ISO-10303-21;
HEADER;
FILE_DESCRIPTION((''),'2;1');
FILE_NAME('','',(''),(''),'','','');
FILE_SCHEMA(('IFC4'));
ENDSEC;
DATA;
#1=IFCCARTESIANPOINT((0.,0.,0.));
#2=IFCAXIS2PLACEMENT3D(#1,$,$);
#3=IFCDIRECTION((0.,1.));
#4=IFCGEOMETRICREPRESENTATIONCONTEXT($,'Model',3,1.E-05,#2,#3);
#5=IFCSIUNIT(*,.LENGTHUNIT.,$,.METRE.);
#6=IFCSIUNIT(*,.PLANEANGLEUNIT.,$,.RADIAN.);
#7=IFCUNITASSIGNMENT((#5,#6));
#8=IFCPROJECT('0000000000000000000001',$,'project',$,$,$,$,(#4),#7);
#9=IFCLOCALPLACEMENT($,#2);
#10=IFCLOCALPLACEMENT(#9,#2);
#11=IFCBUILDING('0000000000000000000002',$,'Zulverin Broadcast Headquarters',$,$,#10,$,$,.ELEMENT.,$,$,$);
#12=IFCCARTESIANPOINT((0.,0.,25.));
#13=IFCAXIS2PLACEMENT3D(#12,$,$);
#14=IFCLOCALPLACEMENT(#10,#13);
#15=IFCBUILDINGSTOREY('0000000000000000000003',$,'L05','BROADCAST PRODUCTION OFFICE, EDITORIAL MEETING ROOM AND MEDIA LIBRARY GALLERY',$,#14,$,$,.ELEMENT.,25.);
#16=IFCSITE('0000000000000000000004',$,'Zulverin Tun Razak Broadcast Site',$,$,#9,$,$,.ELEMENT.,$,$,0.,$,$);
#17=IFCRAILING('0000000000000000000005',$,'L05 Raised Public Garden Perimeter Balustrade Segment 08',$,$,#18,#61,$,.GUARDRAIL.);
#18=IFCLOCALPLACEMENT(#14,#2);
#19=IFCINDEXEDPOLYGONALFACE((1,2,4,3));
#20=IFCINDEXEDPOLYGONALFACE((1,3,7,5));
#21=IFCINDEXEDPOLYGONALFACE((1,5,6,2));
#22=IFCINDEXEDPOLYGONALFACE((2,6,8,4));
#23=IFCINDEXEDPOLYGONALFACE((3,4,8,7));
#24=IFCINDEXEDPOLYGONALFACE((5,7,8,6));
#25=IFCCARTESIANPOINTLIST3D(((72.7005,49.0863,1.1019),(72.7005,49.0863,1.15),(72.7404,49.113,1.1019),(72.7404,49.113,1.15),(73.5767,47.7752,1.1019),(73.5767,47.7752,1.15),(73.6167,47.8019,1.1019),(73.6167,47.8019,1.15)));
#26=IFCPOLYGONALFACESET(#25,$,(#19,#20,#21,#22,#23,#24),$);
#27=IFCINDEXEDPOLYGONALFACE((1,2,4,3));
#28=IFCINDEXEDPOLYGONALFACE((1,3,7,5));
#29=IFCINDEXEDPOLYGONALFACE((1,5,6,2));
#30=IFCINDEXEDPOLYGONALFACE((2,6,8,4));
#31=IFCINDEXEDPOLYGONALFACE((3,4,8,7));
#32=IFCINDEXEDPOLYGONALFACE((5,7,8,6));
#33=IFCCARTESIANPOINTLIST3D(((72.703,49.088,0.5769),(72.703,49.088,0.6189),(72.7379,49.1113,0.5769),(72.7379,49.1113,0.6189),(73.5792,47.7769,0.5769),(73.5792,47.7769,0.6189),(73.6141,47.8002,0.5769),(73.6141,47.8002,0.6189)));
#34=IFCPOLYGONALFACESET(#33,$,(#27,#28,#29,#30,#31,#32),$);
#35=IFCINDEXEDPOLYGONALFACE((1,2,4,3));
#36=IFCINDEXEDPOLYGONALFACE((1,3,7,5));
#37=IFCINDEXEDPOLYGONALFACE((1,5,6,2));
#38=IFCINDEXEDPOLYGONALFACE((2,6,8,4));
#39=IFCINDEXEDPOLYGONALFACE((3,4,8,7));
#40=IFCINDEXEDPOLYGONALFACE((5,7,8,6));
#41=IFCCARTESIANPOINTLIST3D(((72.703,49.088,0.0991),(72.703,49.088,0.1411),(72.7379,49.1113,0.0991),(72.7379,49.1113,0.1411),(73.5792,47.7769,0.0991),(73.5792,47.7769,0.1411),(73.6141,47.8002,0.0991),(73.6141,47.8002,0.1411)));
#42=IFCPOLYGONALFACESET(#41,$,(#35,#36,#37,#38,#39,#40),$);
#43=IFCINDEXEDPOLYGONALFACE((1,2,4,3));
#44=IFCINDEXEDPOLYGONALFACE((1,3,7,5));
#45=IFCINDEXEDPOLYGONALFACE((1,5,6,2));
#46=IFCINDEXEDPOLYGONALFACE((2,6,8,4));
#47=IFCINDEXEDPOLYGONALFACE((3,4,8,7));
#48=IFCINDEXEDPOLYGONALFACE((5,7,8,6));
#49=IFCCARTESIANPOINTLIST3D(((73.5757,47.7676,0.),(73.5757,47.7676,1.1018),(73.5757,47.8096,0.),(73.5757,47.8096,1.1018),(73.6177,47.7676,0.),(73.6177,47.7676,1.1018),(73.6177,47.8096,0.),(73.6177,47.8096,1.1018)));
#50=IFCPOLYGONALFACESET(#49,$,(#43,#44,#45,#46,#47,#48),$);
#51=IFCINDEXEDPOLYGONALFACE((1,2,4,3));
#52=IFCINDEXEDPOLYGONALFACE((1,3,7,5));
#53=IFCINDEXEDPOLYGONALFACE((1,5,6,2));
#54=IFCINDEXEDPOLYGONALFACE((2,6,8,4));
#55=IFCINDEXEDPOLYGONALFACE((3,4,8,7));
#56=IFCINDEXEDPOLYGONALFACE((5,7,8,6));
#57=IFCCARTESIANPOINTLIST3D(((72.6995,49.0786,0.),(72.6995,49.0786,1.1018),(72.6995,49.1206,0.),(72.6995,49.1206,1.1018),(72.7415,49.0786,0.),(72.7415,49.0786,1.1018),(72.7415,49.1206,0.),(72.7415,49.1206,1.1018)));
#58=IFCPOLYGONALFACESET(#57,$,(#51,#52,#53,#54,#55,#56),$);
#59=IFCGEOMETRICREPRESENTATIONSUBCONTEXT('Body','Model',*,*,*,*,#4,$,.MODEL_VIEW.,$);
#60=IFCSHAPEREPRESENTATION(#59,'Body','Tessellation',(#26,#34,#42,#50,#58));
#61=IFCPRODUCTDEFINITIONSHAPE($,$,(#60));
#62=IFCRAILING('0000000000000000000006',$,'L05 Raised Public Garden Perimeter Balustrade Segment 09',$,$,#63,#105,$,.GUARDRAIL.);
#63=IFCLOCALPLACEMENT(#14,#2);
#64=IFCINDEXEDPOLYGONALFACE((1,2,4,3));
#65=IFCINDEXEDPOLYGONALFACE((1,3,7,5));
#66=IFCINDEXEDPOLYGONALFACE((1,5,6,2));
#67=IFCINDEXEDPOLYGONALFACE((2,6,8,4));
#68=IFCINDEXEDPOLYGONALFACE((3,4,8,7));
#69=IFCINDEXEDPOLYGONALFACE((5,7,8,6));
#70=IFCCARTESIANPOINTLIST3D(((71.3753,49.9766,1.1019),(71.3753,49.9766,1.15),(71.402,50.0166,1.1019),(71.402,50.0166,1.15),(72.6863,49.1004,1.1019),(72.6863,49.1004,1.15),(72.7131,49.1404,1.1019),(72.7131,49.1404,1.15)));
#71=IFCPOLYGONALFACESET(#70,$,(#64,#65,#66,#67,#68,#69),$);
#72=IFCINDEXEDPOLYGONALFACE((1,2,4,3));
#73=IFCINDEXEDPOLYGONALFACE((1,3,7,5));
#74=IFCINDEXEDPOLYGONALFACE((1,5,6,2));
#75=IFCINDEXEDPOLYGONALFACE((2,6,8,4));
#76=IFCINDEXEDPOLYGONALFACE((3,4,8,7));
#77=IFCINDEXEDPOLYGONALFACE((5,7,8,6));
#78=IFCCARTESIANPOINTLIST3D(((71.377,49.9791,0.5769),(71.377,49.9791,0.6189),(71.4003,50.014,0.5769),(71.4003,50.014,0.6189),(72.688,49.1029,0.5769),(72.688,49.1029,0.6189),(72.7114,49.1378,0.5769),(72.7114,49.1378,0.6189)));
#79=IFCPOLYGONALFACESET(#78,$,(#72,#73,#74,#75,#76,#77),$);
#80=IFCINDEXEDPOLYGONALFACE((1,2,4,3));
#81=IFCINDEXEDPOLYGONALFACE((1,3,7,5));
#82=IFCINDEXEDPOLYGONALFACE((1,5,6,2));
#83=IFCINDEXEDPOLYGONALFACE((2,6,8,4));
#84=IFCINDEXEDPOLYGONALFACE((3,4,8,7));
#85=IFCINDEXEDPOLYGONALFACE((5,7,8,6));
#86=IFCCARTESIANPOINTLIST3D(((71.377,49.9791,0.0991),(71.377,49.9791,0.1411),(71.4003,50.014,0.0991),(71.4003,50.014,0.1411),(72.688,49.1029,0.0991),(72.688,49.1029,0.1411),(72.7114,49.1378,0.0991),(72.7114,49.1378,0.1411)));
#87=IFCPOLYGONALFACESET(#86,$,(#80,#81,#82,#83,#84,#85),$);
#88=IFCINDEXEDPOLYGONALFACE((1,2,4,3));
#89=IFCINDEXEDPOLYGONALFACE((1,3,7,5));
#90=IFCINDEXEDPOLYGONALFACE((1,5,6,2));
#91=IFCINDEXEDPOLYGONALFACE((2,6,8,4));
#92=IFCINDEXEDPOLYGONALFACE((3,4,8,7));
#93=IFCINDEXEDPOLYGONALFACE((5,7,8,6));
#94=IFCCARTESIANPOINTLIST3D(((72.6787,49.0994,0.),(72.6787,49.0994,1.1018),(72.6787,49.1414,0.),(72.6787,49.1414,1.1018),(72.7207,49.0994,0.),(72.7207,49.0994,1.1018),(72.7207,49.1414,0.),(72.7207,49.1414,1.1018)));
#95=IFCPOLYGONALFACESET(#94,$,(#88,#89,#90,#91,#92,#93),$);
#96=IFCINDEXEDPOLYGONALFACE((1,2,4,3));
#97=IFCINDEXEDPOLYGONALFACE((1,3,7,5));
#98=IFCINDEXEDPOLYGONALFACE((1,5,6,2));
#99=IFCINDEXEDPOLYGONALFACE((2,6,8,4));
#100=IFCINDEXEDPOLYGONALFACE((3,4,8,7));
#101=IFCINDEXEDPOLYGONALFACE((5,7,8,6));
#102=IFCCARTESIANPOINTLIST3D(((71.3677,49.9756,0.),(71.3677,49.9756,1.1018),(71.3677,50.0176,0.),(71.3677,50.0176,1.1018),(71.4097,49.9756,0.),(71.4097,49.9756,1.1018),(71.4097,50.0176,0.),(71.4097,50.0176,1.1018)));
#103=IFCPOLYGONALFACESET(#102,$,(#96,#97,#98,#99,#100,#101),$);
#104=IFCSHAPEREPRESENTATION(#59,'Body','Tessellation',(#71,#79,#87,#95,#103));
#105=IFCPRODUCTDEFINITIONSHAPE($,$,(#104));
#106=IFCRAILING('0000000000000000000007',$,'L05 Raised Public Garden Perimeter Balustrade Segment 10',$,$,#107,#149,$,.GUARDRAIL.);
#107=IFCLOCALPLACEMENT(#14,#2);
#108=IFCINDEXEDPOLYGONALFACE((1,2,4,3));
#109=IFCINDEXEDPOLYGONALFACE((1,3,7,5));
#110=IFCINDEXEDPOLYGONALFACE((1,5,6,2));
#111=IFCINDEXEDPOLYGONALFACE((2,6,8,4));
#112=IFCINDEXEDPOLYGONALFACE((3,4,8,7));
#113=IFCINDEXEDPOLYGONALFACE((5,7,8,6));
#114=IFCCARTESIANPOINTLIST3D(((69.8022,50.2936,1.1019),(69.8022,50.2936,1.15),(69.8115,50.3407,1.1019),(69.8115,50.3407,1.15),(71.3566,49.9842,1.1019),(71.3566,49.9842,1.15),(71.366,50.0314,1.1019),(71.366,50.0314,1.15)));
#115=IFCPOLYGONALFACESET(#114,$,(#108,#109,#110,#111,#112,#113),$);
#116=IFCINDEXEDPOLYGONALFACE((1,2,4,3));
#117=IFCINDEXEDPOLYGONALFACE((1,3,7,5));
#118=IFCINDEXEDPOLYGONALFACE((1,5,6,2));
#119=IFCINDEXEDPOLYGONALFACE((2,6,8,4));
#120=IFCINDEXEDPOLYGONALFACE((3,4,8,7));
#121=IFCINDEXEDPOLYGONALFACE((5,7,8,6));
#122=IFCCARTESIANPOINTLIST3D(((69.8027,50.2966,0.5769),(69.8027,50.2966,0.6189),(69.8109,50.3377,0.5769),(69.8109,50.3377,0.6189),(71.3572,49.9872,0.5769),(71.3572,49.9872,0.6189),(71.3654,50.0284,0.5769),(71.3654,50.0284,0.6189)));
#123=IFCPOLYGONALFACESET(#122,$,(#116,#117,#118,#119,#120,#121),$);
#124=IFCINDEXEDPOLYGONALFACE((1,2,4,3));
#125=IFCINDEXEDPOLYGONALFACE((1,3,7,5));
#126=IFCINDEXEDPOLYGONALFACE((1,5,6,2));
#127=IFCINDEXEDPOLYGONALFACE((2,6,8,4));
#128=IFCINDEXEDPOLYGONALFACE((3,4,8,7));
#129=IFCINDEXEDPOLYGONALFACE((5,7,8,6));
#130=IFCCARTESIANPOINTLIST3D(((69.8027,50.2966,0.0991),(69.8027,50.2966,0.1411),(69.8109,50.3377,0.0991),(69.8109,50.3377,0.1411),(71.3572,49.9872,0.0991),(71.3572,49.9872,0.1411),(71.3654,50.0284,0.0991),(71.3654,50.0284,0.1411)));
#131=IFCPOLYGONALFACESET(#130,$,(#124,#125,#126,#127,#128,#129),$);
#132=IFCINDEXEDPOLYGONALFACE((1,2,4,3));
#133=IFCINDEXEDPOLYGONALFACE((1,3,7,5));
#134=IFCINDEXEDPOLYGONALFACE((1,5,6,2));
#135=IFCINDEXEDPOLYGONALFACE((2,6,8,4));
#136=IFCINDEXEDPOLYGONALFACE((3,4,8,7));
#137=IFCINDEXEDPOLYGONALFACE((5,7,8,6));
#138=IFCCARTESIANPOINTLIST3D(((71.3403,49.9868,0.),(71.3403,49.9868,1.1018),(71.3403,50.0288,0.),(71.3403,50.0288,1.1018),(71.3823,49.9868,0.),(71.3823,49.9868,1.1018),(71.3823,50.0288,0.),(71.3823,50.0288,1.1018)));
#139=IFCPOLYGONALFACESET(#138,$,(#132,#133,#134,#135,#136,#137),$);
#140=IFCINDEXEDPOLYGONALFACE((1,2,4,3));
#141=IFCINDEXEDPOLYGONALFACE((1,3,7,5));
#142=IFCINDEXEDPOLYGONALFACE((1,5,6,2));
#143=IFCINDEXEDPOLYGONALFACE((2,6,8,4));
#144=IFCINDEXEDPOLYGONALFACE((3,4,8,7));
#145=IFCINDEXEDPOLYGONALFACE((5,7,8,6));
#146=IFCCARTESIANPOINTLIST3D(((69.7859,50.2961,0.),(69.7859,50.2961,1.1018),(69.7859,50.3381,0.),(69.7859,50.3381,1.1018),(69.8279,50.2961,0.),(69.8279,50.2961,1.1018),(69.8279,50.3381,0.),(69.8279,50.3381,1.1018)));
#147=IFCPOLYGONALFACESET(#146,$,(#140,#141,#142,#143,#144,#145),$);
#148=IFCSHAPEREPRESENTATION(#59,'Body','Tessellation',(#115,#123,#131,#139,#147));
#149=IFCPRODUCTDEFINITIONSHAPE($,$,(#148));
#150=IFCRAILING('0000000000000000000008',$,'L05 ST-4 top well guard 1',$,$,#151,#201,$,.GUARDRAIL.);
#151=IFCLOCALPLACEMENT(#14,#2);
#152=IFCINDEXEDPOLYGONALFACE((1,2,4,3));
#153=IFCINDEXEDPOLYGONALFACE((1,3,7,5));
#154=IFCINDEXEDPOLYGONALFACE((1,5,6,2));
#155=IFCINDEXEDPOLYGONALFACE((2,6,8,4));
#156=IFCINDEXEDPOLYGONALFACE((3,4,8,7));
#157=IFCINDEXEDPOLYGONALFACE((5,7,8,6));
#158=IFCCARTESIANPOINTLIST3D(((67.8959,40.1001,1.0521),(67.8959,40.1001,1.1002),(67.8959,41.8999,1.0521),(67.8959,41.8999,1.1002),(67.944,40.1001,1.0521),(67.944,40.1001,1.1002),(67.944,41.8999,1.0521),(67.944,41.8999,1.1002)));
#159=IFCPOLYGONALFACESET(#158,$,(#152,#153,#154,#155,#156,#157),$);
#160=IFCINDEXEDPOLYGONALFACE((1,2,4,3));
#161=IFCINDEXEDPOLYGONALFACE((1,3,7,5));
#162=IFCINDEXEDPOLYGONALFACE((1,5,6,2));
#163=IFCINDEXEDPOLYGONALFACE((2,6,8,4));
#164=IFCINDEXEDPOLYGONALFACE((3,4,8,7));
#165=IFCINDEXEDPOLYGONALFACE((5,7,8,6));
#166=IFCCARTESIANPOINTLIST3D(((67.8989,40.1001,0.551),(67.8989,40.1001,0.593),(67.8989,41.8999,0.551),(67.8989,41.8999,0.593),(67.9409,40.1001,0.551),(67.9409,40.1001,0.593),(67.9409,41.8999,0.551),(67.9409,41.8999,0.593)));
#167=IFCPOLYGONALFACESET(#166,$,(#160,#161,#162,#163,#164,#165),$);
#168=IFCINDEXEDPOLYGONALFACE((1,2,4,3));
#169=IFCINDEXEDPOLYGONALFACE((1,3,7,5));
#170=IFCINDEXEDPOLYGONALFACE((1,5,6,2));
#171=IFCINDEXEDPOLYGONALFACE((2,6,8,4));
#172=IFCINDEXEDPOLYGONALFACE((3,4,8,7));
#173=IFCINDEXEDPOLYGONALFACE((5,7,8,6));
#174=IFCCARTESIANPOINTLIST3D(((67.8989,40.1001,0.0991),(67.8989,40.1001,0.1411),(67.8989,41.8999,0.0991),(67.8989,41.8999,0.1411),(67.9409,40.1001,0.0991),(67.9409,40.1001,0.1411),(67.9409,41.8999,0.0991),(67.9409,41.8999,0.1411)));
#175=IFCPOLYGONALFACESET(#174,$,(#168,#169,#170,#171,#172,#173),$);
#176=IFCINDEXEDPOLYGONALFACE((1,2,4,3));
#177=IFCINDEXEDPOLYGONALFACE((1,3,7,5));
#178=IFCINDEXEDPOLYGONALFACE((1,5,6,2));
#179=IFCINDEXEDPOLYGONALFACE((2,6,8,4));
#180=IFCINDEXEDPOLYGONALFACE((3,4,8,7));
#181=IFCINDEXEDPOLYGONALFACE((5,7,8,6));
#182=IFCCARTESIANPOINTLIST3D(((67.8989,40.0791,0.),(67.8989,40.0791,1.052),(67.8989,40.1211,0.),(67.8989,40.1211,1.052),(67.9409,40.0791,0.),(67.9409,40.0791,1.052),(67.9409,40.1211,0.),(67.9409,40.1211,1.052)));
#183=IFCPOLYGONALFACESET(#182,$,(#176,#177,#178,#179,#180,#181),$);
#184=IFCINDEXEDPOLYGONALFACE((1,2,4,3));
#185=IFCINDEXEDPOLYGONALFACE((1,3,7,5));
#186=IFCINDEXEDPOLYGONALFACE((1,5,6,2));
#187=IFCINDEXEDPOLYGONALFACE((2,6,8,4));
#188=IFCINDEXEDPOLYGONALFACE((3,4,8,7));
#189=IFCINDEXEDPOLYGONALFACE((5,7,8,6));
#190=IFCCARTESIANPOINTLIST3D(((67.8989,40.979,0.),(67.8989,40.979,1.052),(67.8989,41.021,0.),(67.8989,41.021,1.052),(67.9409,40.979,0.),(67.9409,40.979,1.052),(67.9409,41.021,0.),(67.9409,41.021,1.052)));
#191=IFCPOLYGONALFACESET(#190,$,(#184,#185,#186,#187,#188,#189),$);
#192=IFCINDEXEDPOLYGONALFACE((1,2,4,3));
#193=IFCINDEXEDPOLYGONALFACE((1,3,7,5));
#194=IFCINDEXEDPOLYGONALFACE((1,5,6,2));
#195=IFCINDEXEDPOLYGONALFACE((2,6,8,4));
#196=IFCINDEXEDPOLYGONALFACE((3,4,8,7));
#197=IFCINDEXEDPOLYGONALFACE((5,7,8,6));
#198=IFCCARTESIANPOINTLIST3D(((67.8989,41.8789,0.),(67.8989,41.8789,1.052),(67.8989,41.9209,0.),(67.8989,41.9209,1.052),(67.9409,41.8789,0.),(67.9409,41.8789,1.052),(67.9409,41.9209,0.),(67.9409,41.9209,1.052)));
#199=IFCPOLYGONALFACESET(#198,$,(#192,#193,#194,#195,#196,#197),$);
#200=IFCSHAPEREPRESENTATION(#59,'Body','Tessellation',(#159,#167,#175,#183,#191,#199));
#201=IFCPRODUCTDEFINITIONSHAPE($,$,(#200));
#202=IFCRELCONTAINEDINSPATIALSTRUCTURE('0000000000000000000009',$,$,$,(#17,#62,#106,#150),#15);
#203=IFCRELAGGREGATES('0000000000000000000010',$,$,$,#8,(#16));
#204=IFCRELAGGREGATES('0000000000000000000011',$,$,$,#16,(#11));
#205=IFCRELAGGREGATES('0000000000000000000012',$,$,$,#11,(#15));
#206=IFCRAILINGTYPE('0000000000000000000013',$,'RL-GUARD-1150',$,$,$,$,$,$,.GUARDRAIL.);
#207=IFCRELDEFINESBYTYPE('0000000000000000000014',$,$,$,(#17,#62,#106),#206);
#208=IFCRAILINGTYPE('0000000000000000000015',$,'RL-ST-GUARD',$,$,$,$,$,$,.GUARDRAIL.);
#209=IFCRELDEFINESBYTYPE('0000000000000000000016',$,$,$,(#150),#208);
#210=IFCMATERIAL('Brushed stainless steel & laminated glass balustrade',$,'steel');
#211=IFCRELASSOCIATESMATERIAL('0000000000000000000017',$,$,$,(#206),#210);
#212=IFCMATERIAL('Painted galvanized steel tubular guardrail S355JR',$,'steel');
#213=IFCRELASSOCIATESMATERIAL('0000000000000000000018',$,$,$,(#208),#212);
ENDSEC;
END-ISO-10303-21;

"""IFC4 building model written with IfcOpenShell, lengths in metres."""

from ifc_helpers import new_model, si_unit, direction, frame, origin, origin_2d, place, context, subcontext, project, spatial, rectangle, extrude, material, type_object, element, save


model = new_model("IFC4")

# Units and contexts
model_context = context("Model", 3, precision=1e-05, world=origin(), true_north=direction((0.0, 1.0)))
body_context = subcontext(model_context, "Body", "Model", "MODEL_VIEW")
ifc_project = project(units=[si_unit("LENGTHUNIT", "METRE"), si_unit("PLANEANGLEUNIT", "RADIAN")], contexts=[model_context])

# Site, building, storey
site_placement = place(None, origin())
site = spatial("IfcSite", under=ifc_project, at=site_placement, Name="Zulverin Tun Razak Broadcast Site", CompositionType="ELEMENT", RefElevation=0.0)
building_placement = place(site_placement, origin())
building = spatial("IfcBuilding", under=site, at=building_placement, Name="Zulverin Broadcast Headquarters", CompositionType="ELEMENT")
storey_placement = place(building_placement, frame((0.0, 0.0, 25.0)))
storey = spatial("IfcBuildingStorey", under=building, at=storey_placement, Name="L05", Description="BROADCAST PRODUCTION OFFICE, EDITORIAL MEETING ROOM AND MEDIA LIBRARY GALLERY", CompositionType="ELEMENT", Elevation=25.0)

# Railings
ifc_material_1 = material(Name="Brushed stainless steel & laminated glass balustrade", Category="steel")
railing_type_1 = type_object("IfcRailingType", Name="RL-GUARD-1150", PredefinedType="GUARDRAIL", material=ifc_material_1)
railing_1_placement = place(storey_placement, frame((73.5967, 47.7886, 0.0)))
element("IfcRailing", 1, at=railing_1_placement, inside=storey, type_object=railing_type_1, Name="L05 Raised Public Garden Perimeter Balustrade Segment 08", PredefinedType="GUARDRAIL", context=body_context, shape_type="SweptSolid", body=[
    extrude(rectangle(XDim=0.0481, YDim=0.0481, at=origin_2d()), frame((0.0, 0.0, 1.126), z_axis=(-0.555664, 0.831407, 0.0), x_axis=(-0.831407, -0.555664, 0.0)), (0.0, 0.0, 1.0), 1.5769),
    extrude(rectangle(XDim=0.042, YDim=0.042, at=origin_2d()), frame((0.0, 0.0, 0.5979), z_axis=(-0.555664, 0.831407, 0.0), x_axis=(-0.831407, -0.555664, 0.0)), (0.0, 0.0, 1.0), 1.5769),
    extrude(rectangle(XDim=0.042, YDim=0.042, at=origin_2d()), frame((0.0, 0.0, 0.1201), z_axis=(-0.555664, 0.831407, 0.0), x_axis=(-0.831407, -0.555664, 0.0)), (0.0, 0.0, 1.0), 1.5769),
    extrude(rectangle(XDim=0.042, YDim=0.042, at=origin_2d()), origin(), (0.0, 0.0, 1.0), 1.1018),
    extrude(rectangle(XDim=0.042, YDim=0.042, at=origin_2d()), frame((-0.8762, 1.311, 0.0)), (0.0, 0.0, 1.0), 1.1018),
])
railing_2_placement = place(storey_placement, frame((72.6997, 49.1204, 0.0)))
element("IfcRailing", 2, at=railing_2_placement, inside=storey, type_object=railing_type_1, Name="L05 Raised Public Garden Perimeter Balustrade Segment 09", PredefinedType="GUARDRAIL", context=body_context, shape_type="SweptSolid", body=[
    extrude(rectangle(XDim=0.0481, YDim=0.0481, at=origin_2d()), frame((0.0, 0.0, 1.126), z_axis=(-0.831407, 0.555664, 0.0), x_axis=(-0.555664, -0.831407, 0.0)), (0.0, 0.0, 1.0), 1.5769),
    extrude(rectangle(XDim=0.042, YDim=0.042, at=origin_2d()), frame((0.0, 0.0, 0.5979), z_axis=(-0.831407, 0.555664, 0.0), x_axis=(-0.555664, -0.831407, 0.0)), (0.0, 0.0, 1.0), 1.5769),
    extrude(rectangle(XDim=0.042, YDim=0.042, at=origin_2d()), frame((0.0, 0.0, 0.1201), z_axis=(-0.831407, 0.555664, 0.0), x_axis=(-0.555664, -0.831407, 0.0)), (0.0, 0.0, 1.0), 1.5769),
    extrude(rectangle(XDim=0.042, YDim=0.042, at=origin_2d()), origin(), (0.0, 0.0, 1.0), 1.1018),
    extrude(rectangle(XDim=0.042, YDim=0.042, at=origin_2d()), frame((-1.311, 0.8762, 0.0)), (0.0, 0.0, 1.0), 1.1018),
])
railing_3_placement = place(storey_placement, frame((71.3613, 50.0078, 0.0)))
element("IfcRailing", 3, at=railing_3_placement, inside=storey, type_object=railing_type_1, Name="L05 Raised Public Garden Perimeter Balustrade Segment 10", PredefinedType="GUARDRAIL", context=body_context, shape_type="SweptSolid", body=[
    extrude(rectangle(XDim=0.0481, YDim=0.0481, at=origin_2d()), frame((0.0, 0.0, 1.126), z_axis=(-0.98077, 0.195168, 0.0), x_axis=(-0.195168, -0.98077, 0.0)), (0.0, 0.0, 1.0), 1.585),
    extrude(rectangle(XDim=0.042, YDim=0.042, at=origin_2d()), frame((0.0, 0.0, 0.5979), z_axis=(-0.98077, 0.195168, 0.0), x_axis=(-0.195168, -0.98077, 0.0)), (0.0, 0.0, 1.0), 1.585),
    extrude(rectangle(XDim=0.042, YDim=0.042, at=origin_2d()), frame((0.0, 0.0, 0.1201), z_axis=(-0.98077, 0.195168, 0.0), x_axis=(-0.195168, -0.98077, 0.0)), (0.0, 0.0, 1.0), 1.585),
    extrude(rectangle(XDim=0.042, YDim=0.042, at=origin_2d()), origin(), (0.0, 0.0, 1.0), 1.1018),
    extrude(rectangle(XDim=0.042, YDim=0.042, at=origin_2d()), frame((-1.5544, 0.3093, 0.0)), (0.0, 0.0, 1.0), 1.1018),
])
ifc_material_2 = material(Name="Painted galvanized steel tubular guardrail S355JR", Category="steel")
railing_type_2 = type_object("IfcRailingType", Name="RL-ST-GUARD", PredefinedType="GUARDRAIL", material=ifc_material_2)
railing_4_placement = place(storey_placement, frame((67.9199, 40.1001, 0.0)))
element("IfcRailing", 4, at=railing_4_placement, inside=storey, type_object=railing_type_2, Name="L05 ST-4 top well guard 1", PredefinedType="GUARDRAIL", context=body_context, shape_type="SweptSolid", body=[
    extrude(rectangle(XDim=0.0481, YDim=0.0481, at=origin_2d()), frame((0.0, 0.0, 1.0762), z_axis=(0.0, 1.0, 0.0), x_axis=(-1.0, 0.0, 0.0)), (0.0, 0.0, 1.0), 1.7998),
    extrude(rectangle(XDim=0.042, YDim=0.042, at=origin_2d()), frame((0.0, 0.0, 0.572), z_axis=(0.0, 1.0, 0.0), x_axis=(-1.0, 0.0, 0.0)), (0.0, 0.0, 1.0), 1.7998),
    extrude(rectangle(XDim=0.042, YDim=0.042, at=origin_2d()), frame((0.0, 0.0, 0.1201), z_axis=(0.0, 1.0, 0.0), x_axis=(-1.0, 0.0, 0.0)), (0.0, 0.0, 1.0), 1.7998),
    extrude(rectangle(XDim=0.042, YDim=0.042, at=origin_2d()), origin(), (0.0, 0.0, 1.0), 1.052),
    extrude(rectangle(XDim=0.042, YDim=0.042, at=origin_2d()), frame((0.0, 0.8999, 0.0)), (0.0, 0.0, 1.0), 1.052),
    extrude(rectangle(XDim=0.042, YDim=0.042, at=origin_2d()), frame((0.0, 1.7998, 0.0)), (0.0, 0.0, 1.0), 1.052),
])

save(model, "model.ifc")
